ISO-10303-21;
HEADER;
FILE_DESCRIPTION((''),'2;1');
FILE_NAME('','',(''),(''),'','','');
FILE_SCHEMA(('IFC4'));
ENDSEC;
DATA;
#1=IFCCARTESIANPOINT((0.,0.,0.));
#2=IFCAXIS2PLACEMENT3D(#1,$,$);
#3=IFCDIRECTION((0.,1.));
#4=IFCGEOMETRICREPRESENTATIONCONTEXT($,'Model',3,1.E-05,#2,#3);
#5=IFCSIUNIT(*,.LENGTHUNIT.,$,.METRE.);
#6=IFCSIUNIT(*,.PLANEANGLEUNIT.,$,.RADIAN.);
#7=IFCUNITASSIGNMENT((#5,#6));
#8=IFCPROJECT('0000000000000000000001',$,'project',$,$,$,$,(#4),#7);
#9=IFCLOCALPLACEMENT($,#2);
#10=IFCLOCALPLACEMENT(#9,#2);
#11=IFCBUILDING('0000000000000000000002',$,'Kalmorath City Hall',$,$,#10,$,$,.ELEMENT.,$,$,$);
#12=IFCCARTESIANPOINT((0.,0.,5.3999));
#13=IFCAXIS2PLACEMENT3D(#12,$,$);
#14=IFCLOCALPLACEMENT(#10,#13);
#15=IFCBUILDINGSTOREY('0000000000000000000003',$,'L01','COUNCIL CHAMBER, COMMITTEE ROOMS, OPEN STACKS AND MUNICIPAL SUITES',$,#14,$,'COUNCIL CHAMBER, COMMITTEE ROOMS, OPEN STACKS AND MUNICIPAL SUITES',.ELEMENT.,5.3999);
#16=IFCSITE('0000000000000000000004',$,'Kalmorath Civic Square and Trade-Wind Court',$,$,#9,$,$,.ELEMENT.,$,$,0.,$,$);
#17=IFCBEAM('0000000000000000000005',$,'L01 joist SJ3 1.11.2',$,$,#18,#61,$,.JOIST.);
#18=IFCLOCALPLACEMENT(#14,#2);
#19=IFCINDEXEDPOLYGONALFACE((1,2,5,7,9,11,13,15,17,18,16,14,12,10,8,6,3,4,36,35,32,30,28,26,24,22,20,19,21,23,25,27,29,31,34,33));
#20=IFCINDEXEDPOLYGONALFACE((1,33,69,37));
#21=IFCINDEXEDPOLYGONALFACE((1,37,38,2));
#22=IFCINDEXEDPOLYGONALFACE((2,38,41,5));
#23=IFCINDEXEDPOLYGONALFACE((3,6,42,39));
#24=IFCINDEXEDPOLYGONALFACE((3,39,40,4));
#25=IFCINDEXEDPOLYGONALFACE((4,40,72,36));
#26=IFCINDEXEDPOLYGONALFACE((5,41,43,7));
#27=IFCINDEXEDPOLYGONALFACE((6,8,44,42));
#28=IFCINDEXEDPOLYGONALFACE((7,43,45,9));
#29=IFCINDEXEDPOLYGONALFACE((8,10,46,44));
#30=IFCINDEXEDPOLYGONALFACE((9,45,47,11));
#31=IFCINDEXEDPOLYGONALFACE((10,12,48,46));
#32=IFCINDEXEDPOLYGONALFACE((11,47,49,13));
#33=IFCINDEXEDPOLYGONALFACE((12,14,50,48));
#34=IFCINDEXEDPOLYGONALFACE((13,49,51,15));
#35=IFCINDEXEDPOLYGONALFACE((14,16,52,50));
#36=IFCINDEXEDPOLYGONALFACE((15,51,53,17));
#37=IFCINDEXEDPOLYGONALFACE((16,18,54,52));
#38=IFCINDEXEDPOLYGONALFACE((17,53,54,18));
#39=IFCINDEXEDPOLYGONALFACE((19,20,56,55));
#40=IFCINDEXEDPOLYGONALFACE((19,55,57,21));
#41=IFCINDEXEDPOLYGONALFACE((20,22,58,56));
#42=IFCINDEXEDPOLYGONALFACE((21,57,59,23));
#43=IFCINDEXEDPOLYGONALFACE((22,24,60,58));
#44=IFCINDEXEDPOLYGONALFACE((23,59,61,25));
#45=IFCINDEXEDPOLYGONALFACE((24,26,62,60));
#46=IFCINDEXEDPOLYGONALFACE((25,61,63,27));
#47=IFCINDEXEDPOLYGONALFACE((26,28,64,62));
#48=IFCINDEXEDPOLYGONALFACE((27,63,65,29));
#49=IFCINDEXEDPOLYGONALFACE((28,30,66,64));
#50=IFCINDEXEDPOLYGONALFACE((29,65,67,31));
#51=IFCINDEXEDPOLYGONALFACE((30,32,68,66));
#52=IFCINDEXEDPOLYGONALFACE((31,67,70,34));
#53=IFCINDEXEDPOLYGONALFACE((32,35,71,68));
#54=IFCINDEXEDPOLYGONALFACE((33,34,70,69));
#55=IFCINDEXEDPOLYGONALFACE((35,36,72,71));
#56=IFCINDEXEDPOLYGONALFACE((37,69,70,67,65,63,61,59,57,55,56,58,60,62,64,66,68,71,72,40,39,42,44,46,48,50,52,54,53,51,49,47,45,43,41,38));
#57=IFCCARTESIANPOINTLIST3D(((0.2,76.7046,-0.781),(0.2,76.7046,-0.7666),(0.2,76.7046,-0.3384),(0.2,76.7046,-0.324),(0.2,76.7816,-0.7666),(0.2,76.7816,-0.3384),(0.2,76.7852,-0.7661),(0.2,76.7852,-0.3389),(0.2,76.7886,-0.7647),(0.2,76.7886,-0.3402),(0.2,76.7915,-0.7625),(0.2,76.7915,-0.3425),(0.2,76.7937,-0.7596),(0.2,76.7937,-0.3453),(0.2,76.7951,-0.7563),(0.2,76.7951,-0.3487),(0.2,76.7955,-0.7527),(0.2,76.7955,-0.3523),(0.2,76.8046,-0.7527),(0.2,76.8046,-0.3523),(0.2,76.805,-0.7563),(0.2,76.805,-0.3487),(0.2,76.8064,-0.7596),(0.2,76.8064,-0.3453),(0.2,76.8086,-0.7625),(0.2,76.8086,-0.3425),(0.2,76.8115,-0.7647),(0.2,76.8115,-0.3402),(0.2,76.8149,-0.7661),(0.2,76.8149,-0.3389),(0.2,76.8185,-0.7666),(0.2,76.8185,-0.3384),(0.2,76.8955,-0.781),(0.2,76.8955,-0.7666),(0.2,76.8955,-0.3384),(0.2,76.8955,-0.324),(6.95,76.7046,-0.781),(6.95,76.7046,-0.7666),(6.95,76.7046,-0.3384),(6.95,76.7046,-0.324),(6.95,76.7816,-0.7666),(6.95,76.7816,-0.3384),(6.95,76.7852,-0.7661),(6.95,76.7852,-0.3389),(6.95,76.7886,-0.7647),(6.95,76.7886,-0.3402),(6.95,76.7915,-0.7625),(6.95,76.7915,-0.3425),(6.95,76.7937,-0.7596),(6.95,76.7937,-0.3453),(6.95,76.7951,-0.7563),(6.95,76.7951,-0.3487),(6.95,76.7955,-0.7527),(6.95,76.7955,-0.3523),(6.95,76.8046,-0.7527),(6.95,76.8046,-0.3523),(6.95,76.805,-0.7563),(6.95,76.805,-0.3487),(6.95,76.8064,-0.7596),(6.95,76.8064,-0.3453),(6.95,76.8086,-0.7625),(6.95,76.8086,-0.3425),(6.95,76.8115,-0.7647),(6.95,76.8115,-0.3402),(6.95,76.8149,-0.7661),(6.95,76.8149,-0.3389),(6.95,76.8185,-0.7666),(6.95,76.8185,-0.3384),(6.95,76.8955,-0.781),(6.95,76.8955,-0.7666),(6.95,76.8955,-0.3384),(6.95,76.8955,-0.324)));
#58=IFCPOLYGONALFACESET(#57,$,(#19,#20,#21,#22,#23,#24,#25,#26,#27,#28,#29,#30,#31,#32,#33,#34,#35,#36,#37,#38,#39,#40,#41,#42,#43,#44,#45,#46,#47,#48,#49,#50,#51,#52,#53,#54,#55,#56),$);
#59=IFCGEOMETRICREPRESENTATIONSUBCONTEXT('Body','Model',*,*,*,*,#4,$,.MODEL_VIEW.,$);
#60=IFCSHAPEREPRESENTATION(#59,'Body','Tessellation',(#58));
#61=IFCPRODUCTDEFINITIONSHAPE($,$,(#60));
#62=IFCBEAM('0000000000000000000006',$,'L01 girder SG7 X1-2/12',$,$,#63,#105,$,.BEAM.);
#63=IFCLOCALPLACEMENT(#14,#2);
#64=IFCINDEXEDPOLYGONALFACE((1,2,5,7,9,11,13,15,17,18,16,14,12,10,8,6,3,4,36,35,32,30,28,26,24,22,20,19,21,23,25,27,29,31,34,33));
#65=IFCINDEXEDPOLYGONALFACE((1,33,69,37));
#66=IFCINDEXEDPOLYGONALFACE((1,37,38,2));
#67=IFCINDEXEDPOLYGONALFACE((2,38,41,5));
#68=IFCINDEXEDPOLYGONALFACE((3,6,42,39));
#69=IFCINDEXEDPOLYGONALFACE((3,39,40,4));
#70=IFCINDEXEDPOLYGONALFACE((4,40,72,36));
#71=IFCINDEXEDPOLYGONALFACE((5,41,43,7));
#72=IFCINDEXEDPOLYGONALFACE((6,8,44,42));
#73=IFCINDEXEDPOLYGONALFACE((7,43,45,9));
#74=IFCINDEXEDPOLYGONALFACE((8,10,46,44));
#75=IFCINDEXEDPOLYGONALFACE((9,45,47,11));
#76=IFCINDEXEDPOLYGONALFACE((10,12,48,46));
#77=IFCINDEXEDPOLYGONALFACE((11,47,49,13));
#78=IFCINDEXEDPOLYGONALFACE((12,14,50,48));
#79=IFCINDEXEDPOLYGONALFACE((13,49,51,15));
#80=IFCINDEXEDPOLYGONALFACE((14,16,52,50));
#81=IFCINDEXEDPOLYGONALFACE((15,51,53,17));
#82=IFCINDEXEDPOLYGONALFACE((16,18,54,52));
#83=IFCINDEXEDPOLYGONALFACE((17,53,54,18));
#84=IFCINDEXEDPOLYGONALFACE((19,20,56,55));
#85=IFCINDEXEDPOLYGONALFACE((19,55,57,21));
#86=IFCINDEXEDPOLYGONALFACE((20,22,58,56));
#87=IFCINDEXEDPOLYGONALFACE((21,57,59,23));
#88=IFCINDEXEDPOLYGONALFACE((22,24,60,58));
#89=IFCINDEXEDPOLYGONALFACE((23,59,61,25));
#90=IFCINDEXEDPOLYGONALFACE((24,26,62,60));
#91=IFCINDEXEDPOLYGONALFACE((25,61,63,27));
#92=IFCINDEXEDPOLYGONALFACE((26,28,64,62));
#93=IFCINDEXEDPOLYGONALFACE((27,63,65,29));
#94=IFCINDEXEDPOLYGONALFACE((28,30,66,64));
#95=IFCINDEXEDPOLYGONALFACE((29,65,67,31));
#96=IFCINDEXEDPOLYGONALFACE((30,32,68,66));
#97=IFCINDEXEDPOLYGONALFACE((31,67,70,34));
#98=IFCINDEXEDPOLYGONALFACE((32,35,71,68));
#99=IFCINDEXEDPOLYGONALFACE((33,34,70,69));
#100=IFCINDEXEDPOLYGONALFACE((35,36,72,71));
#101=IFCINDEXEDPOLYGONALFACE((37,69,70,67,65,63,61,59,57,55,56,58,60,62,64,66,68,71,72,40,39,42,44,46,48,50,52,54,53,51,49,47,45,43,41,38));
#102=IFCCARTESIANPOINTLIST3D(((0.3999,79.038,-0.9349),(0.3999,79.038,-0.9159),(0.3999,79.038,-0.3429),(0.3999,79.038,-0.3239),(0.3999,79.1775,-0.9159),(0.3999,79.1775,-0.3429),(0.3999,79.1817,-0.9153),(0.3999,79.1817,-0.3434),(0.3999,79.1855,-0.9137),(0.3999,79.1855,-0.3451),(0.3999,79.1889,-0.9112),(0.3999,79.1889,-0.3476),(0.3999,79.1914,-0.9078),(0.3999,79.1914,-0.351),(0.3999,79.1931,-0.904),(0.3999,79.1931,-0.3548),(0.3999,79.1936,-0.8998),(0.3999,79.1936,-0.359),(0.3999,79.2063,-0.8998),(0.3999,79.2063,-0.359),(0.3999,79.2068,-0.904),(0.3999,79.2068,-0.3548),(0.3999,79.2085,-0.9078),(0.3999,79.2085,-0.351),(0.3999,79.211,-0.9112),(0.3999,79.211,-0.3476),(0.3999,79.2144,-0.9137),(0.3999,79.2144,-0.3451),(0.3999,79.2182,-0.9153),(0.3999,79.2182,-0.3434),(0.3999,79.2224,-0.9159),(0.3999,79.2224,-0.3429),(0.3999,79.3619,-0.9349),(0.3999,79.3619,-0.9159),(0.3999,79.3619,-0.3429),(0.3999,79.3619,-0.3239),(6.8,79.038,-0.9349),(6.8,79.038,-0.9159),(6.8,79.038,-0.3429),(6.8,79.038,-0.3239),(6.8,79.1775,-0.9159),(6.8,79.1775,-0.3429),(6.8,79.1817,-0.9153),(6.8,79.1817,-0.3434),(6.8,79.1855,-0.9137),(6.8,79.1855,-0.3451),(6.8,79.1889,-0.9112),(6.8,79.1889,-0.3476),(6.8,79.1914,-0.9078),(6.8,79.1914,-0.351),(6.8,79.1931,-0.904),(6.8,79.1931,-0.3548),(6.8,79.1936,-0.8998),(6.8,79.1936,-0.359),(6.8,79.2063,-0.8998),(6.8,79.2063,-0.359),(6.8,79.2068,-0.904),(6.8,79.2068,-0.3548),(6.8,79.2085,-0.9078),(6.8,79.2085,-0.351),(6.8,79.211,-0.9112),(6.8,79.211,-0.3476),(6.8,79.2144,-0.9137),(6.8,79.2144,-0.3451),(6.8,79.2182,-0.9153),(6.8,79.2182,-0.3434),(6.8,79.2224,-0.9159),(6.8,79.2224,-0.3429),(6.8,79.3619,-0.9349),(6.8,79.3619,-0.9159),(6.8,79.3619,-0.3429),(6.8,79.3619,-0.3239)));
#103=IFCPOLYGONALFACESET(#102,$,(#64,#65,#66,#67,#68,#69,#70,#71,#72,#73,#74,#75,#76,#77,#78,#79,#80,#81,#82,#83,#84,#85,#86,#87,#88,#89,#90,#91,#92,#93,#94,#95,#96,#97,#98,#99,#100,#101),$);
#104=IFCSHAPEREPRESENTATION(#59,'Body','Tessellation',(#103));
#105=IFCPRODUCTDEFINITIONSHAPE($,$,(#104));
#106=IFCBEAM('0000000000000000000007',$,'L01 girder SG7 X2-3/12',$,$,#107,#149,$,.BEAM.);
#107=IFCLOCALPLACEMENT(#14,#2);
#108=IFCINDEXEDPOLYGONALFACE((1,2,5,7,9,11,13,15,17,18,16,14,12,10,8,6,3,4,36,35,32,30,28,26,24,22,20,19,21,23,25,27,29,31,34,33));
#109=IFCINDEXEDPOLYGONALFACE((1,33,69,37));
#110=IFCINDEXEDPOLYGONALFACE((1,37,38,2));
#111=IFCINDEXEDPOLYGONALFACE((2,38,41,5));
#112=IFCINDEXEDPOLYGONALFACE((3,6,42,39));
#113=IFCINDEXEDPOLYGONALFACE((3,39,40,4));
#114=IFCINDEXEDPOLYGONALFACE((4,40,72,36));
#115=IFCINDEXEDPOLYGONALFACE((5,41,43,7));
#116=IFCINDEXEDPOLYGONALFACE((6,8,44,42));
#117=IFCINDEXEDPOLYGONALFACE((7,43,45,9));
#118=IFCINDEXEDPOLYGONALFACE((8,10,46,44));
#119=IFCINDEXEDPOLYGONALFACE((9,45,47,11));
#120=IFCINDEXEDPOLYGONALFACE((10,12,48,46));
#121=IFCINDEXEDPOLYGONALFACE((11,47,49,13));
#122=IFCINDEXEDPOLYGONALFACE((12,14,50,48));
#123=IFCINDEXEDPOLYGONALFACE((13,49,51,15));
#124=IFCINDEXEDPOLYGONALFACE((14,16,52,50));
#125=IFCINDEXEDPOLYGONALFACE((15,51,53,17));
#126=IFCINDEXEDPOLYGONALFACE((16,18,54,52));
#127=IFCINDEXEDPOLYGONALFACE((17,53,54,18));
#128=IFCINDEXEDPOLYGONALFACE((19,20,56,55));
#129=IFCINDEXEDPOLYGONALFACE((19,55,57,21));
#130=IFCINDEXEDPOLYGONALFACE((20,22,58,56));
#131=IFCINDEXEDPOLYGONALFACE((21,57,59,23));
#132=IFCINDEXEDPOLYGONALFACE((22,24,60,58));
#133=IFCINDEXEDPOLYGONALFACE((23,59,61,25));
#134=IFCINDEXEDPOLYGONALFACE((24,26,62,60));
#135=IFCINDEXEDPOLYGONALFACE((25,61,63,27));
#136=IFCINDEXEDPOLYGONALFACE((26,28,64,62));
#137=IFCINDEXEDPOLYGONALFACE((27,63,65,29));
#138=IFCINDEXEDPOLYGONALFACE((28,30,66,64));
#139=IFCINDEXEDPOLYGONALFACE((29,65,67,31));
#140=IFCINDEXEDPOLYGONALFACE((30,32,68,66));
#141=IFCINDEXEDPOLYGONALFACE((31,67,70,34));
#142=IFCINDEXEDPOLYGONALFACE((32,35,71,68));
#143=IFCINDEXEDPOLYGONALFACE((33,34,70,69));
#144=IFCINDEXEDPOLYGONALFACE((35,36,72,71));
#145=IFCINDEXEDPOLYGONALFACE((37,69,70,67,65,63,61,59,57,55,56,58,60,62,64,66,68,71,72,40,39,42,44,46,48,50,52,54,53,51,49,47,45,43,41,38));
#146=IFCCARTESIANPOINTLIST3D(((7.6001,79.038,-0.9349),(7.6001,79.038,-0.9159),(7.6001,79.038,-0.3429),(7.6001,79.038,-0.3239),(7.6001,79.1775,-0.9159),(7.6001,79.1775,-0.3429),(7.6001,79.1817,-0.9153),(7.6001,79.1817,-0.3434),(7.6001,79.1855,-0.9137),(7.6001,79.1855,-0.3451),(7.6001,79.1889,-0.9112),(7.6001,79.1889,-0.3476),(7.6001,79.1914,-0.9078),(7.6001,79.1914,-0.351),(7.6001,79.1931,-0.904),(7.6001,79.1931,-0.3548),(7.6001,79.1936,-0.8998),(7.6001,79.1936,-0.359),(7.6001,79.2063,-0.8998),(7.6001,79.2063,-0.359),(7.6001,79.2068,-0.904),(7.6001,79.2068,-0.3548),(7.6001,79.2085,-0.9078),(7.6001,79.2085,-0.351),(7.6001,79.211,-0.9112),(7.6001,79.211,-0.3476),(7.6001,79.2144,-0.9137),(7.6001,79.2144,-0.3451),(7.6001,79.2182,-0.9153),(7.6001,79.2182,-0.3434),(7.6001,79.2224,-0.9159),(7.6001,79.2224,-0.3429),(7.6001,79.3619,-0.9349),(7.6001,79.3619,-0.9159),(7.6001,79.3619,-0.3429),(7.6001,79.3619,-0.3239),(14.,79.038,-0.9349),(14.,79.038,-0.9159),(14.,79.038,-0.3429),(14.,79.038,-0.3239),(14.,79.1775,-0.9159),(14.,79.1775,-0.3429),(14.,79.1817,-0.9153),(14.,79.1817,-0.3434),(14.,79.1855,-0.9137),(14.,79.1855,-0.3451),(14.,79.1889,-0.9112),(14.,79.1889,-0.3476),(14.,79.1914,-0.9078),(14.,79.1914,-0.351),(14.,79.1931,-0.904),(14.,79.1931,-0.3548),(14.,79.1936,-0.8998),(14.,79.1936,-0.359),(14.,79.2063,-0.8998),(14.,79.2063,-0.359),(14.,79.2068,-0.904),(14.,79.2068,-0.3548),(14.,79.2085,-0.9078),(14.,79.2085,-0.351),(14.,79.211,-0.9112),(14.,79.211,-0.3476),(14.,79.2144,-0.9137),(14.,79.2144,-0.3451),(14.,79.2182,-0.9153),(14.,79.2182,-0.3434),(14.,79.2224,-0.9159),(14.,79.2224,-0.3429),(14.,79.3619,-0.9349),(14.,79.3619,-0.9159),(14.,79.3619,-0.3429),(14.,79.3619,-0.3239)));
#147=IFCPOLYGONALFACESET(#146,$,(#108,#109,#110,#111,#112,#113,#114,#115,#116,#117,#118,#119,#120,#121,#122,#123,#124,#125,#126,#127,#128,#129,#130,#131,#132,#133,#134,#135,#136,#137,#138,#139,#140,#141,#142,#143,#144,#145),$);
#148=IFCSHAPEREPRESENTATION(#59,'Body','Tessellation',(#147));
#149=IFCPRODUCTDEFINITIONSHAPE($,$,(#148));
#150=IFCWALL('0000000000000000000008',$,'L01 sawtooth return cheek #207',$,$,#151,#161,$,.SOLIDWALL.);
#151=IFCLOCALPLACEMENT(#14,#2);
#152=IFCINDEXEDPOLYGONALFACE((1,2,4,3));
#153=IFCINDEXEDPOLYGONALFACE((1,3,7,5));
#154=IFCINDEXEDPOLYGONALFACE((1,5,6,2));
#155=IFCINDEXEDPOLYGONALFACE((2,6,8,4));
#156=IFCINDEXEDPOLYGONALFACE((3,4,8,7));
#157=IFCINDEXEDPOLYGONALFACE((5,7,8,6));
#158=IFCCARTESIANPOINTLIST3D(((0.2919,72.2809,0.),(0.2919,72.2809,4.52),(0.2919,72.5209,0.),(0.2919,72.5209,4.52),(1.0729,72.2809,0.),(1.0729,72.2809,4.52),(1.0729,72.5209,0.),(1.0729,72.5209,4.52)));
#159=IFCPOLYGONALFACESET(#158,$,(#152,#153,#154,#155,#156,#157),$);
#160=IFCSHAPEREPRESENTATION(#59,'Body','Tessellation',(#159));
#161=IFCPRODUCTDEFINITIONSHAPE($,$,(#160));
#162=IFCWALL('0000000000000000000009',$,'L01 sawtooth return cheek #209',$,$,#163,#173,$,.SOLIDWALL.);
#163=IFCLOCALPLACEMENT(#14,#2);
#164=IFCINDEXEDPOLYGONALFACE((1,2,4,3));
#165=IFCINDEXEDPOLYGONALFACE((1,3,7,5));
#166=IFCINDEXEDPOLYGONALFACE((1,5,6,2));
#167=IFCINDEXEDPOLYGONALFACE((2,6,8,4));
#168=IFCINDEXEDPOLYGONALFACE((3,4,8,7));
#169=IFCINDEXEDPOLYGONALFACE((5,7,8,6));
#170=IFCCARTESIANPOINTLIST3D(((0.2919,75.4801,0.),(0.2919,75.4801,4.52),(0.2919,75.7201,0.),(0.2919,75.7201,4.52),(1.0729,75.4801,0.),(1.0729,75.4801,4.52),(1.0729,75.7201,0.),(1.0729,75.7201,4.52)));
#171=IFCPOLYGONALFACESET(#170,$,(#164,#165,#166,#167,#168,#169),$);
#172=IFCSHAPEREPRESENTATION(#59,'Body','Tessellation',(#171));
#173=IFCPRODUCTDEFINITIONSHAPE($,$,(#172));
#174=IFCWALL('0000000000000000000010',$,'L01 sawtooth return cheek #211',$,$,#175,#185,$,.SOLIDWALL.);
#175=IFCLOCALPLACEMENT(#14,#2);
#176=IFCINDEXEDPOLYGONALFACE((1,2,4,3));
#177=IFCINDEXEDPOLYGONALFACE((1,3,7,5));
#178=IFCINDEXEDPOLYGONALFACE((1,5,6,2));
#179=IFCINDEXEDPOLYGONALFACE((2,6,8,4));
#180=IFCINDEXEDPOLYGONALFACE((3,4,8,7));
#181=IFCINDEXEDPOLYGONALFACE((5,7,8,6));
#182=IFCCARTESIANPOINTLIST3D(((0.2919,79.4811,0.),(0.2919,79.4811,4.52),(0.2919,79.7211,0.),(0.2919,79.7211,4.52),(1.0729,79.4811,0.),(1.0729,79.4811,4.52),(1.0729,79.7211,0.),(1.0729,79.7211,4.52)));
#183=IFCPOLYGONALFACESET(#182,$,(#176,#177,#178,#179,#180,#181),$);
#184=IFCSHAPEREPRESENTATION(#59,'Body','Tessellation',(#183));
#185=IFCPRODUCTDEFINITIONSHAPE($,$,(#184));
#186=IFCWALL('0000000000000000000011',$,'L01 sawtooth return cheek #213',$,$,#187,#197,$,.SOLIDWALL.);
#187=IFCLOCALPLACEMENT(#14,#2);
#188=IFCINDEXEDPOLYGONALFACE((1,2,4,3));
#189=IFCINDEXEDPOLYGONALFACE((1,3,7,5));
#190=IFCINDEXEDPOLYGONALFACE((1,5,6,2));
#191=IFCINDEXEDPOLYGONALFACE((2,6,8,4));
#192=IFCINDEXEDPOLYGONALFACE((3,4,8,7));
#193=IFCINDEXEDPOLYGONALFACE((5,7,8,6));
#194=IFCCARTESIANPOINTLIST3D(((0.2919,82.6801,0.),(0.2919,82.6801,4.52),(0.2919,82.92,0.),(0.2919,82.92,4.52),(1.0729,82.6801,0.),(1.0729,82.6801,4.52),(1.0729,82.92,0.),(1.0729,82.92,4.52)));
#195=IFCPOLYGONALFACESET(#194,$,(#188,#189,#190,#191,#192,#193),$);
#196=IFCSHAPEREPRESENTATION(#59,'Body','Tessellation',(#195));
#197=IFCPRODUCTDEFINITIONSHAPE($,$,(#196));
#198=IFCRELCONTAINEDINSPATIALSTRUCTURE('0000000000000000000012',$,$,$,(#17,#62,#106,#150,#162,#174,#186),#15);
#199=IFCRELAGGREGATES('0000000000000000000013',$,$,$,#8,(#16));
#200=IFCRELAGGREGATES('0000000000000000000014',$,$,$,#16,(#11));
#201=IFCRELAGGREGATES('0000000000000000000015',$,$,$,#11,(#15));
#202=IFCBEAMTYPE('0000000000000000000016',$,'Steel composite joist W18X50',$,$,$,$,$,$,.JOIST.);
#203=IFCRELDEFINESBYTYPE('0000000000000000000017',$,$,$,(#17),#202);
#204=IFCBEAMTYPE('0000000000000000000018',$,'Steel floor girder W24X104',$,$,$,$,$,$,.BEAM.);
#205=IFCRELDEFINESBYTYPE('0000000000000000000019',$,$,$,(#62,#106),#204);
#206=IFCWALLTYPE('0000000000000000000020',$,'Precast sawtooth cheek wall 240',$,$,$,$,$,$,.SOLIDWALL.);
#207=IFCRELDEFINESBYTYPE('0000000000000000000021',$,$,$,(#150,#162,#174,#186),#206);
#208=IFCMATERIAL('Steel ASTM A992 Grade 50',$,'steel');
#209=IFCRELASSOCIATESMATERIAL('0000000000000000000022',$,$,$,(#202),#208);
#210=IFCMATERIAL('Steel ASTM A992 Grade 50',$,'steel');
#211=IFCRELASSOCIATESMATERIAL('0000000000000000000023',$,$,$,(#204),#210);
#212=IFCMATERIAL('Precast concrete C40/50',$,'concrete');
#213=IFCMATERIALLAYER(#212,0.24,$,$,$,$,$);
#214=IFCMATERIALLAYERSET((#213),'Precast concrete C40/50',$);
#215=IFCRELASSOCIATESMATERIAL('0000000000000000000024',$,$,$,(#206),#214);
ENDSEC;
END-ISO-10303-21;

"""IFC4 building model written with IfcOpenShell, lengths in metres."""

from ifc_helpers import new_model, si_unit, direction, frame, frame_2d, origin, origin_2d, place, context, subcontext, project, spatial, rectangle, i_section, extrude, material, layer, layer_set, material_profile, profile_set, type_object, element, save


model = new_model("IFC4")

# Units and contexts
model_context = context("Model", 3, precision=1e-05, world=origin(), true_north=direction((0.0, 1.0)))
body_context = subcontext(model_context, "Body", "Model", "MODEL_VIEW")
ifc_project = project(units=[si_unit("LENGTHUNIT", "METRE"), si_unit("PLANEANGLEUNIT", "RADIAN")], contexts=[model_context])

# Site, building, storey
site_placement = place(None, origin())
site = spatial("IfcSite", under=ifc_project, at=site_placement, Name="Kalmorath Civic Square and Trade-Wind Court", CompositionType="ELEMENT", RefElevation=0.0)
building_placement = place(site_placement, origin())
building = spatial("IfcBuilding", under=site, at=building_placement, Name="Kalmorath City Hall", CompositionType="ELEMENT")
storey_placement = place(building_placement, frame((0.0, 0.0, 5.3999)))
storey = spatial("IfcBuildingStorey", under=building, at=storey_placement, Name="L01", Description="COUNCIL CHAMBER, COMMITTEE ROOMS, OPEN STACKS AND MUNICIPAL SUITES", LongName="COUNCIL CHAMBER, COMMITTEE ROOMS, OPEN STACKS AND MUNICIPAL SUITES", CompositionType="ELEMENT", Elevation=5.3999)

# Beams
ifc_material_1 = material(Name="Steel ASTM A992 Grade 50", Category="steel")
ifc_material_profile_1 = material_profile(ifc_material_1, i_section(OverallWidth=0.1909, OverallDepth=0.457, WebThickness=0.009, FlangeThickness=0.0144, FilletRadius=0.0139, at=origin_2d()), Name="W18X50")
ifc_profile_set_1 = profile_set([ifc_material_profile_1], Name="Steel ASTM A992 Grade 50")
beam_type_1 = type_object("IfcBeamType", Name="Steel composite joist W18X50", PredefinedType="JOIST", material=ifc_profile_set_1)
for number, where, z_axis, x_axis, name in (
    (1, (0.2, 76.8, -0.5525), (1.0, 0.0, 0.0), (0.0, 1.0, 0.0), "L01 joist SJ3 1.11.2"),
):
    element("IfcBeam", number, at=place(storey_placement, frame(where, z_axis=z_axis, x_axis=x_axis)), inside=storey, type_object=beam_type_1, Name=name, PredefinedType="JOIST", context=body_context, shape_type="SweptSolid", body=[
        extrude(i_section(OverallWidth=0.1909, OverallDepth=0.457, WebThickness=0.009, FlangeThickness=0.0144, FilletRadius=0.0139, at=origin_2d()), origin(), (0.0, 0.0, 1.0), 6.75),
    ])
ifc_material_2 = material(Name="Steel ASTM A992 Grade 50", Category="steel")
ifc_material_profile_2 = material_profile(ifc_material_2, i_section(OverallWidth=0.324, OverallDepth=0.6111, WebThickness=0.0127, FlangeThickness=0.019, FilletRadius=0.0161, at=origin_2d()), Name="W24X104")
ifc_profile_set_2 = profile_set([ifc_material_profile_2], Name="Steel ASTM A992 Grade 50")
beam_type_2 = type_object("IfcBeamType", Name="Steel floor girder W24X104", PredefinedType="BEAM", material=ifc_profile_set_2)
beam_1_placement = place(storey_placement, frame((0.3999, 79.2, -0.6294), z_axis=(1.0, 0.0, 0.0), x_axis=(0.0, 1.0, 0.0)))
element("IfcBeam", 2, at=beam_1_placement, inside=storey, type_object=beam_type_2, Name="L01 girder SG7 X1-2/12", PredefinedType="BEAM", context=body_context, shape_type="SweptSolid", body=[
    extrude(i_section(OverallWidth=0.324, OverallDepth=0.6111, WebThickness=0.0127, FlangeThickness=0.019, FilletRadius=0.0161, at=origin_2d()), origin(), (0.0, 0.0, 1.0), 6.4001),
])
beam_2_placement = place(storey_placement, frame((7.6001, 79.2, -0.6294), z_axis=(1.0, 0.0, 0.0), x_axis=(0.0, 1.0, 0.0)))
element("IfcBeam", 3, at=beam_2_placement, inside=storey, type_object=beam_type_2, Name="L01 girder SG7 X2-3/12", PredefinedType="BEAM", context=body_context, shape_type="SweptSolid", body=[
    extrude(i_section(OverallWidth=0.324, OverallDepth=0.6111, WebThickness=0.0127, FlangeThickness=0.019, FilletRadius=0.0161, at=origin_2d()), origin(), (0.0, 0.0, 1.0), 6.3999),
])

# Walls
ifc_material_3 = material(Name="Precast concrete C40/50", Category="concrete")
ifc_layer_1 = layer(ifc_material_3, 0.24)
ifc_layer_set_1 = layer_set([ifc_layer_1], Name="Precast concrete C40/50")
wall_type_1 = type_object("IfcWallType", Name="Precast sawtooth cheek wall 240", PredefinedType="SOLIDWALL", material=ifc_layer_set_1)
for number, where, z_axis, x_axis, name in (
    (4, (1.073, 72.4009, 0.0), (0.0, 0.0, 1.0), (-1.0, 0.0, 0.0), "L01 sawtooth return cheek #207"),
    (5, (1.073, 75.6001, 0.0), (0.0, 0.0, 1.0), (-1.0, 0.0, 0.0), "L01 sawtooth return cheek #209"),
    (6, (1.073, 79.6011, 0.0), (0.0, 0.0, 1.0), (-1.0, 0.0, 0.0), "L01 sawtooth return cheek #211"),
    (7, (1.073, 82.8, 0.0), (0.0, 0.0, 1.0), (-1.0, 0.0, 0.0), "L01 sawtooth return cheek #213"),
):
    element("IfcWall", number, at=place(storey_placement, frame(where, z_axis=z_axis, x_axis=x_axis)), inside=storey, type_object=wall_type_1, Name=name, PredefinedType="SOLIDWALL", context=body_context, shape_type="SweptSolid", body=[
        extrude(rectangle(XDim=0.781, YDim=0.24, at=frame_2d((0.3906, 0.0))), origin(), (0.0, 0.0, 1.0), 4.52),
    ])

save(model, "model.ifc")
